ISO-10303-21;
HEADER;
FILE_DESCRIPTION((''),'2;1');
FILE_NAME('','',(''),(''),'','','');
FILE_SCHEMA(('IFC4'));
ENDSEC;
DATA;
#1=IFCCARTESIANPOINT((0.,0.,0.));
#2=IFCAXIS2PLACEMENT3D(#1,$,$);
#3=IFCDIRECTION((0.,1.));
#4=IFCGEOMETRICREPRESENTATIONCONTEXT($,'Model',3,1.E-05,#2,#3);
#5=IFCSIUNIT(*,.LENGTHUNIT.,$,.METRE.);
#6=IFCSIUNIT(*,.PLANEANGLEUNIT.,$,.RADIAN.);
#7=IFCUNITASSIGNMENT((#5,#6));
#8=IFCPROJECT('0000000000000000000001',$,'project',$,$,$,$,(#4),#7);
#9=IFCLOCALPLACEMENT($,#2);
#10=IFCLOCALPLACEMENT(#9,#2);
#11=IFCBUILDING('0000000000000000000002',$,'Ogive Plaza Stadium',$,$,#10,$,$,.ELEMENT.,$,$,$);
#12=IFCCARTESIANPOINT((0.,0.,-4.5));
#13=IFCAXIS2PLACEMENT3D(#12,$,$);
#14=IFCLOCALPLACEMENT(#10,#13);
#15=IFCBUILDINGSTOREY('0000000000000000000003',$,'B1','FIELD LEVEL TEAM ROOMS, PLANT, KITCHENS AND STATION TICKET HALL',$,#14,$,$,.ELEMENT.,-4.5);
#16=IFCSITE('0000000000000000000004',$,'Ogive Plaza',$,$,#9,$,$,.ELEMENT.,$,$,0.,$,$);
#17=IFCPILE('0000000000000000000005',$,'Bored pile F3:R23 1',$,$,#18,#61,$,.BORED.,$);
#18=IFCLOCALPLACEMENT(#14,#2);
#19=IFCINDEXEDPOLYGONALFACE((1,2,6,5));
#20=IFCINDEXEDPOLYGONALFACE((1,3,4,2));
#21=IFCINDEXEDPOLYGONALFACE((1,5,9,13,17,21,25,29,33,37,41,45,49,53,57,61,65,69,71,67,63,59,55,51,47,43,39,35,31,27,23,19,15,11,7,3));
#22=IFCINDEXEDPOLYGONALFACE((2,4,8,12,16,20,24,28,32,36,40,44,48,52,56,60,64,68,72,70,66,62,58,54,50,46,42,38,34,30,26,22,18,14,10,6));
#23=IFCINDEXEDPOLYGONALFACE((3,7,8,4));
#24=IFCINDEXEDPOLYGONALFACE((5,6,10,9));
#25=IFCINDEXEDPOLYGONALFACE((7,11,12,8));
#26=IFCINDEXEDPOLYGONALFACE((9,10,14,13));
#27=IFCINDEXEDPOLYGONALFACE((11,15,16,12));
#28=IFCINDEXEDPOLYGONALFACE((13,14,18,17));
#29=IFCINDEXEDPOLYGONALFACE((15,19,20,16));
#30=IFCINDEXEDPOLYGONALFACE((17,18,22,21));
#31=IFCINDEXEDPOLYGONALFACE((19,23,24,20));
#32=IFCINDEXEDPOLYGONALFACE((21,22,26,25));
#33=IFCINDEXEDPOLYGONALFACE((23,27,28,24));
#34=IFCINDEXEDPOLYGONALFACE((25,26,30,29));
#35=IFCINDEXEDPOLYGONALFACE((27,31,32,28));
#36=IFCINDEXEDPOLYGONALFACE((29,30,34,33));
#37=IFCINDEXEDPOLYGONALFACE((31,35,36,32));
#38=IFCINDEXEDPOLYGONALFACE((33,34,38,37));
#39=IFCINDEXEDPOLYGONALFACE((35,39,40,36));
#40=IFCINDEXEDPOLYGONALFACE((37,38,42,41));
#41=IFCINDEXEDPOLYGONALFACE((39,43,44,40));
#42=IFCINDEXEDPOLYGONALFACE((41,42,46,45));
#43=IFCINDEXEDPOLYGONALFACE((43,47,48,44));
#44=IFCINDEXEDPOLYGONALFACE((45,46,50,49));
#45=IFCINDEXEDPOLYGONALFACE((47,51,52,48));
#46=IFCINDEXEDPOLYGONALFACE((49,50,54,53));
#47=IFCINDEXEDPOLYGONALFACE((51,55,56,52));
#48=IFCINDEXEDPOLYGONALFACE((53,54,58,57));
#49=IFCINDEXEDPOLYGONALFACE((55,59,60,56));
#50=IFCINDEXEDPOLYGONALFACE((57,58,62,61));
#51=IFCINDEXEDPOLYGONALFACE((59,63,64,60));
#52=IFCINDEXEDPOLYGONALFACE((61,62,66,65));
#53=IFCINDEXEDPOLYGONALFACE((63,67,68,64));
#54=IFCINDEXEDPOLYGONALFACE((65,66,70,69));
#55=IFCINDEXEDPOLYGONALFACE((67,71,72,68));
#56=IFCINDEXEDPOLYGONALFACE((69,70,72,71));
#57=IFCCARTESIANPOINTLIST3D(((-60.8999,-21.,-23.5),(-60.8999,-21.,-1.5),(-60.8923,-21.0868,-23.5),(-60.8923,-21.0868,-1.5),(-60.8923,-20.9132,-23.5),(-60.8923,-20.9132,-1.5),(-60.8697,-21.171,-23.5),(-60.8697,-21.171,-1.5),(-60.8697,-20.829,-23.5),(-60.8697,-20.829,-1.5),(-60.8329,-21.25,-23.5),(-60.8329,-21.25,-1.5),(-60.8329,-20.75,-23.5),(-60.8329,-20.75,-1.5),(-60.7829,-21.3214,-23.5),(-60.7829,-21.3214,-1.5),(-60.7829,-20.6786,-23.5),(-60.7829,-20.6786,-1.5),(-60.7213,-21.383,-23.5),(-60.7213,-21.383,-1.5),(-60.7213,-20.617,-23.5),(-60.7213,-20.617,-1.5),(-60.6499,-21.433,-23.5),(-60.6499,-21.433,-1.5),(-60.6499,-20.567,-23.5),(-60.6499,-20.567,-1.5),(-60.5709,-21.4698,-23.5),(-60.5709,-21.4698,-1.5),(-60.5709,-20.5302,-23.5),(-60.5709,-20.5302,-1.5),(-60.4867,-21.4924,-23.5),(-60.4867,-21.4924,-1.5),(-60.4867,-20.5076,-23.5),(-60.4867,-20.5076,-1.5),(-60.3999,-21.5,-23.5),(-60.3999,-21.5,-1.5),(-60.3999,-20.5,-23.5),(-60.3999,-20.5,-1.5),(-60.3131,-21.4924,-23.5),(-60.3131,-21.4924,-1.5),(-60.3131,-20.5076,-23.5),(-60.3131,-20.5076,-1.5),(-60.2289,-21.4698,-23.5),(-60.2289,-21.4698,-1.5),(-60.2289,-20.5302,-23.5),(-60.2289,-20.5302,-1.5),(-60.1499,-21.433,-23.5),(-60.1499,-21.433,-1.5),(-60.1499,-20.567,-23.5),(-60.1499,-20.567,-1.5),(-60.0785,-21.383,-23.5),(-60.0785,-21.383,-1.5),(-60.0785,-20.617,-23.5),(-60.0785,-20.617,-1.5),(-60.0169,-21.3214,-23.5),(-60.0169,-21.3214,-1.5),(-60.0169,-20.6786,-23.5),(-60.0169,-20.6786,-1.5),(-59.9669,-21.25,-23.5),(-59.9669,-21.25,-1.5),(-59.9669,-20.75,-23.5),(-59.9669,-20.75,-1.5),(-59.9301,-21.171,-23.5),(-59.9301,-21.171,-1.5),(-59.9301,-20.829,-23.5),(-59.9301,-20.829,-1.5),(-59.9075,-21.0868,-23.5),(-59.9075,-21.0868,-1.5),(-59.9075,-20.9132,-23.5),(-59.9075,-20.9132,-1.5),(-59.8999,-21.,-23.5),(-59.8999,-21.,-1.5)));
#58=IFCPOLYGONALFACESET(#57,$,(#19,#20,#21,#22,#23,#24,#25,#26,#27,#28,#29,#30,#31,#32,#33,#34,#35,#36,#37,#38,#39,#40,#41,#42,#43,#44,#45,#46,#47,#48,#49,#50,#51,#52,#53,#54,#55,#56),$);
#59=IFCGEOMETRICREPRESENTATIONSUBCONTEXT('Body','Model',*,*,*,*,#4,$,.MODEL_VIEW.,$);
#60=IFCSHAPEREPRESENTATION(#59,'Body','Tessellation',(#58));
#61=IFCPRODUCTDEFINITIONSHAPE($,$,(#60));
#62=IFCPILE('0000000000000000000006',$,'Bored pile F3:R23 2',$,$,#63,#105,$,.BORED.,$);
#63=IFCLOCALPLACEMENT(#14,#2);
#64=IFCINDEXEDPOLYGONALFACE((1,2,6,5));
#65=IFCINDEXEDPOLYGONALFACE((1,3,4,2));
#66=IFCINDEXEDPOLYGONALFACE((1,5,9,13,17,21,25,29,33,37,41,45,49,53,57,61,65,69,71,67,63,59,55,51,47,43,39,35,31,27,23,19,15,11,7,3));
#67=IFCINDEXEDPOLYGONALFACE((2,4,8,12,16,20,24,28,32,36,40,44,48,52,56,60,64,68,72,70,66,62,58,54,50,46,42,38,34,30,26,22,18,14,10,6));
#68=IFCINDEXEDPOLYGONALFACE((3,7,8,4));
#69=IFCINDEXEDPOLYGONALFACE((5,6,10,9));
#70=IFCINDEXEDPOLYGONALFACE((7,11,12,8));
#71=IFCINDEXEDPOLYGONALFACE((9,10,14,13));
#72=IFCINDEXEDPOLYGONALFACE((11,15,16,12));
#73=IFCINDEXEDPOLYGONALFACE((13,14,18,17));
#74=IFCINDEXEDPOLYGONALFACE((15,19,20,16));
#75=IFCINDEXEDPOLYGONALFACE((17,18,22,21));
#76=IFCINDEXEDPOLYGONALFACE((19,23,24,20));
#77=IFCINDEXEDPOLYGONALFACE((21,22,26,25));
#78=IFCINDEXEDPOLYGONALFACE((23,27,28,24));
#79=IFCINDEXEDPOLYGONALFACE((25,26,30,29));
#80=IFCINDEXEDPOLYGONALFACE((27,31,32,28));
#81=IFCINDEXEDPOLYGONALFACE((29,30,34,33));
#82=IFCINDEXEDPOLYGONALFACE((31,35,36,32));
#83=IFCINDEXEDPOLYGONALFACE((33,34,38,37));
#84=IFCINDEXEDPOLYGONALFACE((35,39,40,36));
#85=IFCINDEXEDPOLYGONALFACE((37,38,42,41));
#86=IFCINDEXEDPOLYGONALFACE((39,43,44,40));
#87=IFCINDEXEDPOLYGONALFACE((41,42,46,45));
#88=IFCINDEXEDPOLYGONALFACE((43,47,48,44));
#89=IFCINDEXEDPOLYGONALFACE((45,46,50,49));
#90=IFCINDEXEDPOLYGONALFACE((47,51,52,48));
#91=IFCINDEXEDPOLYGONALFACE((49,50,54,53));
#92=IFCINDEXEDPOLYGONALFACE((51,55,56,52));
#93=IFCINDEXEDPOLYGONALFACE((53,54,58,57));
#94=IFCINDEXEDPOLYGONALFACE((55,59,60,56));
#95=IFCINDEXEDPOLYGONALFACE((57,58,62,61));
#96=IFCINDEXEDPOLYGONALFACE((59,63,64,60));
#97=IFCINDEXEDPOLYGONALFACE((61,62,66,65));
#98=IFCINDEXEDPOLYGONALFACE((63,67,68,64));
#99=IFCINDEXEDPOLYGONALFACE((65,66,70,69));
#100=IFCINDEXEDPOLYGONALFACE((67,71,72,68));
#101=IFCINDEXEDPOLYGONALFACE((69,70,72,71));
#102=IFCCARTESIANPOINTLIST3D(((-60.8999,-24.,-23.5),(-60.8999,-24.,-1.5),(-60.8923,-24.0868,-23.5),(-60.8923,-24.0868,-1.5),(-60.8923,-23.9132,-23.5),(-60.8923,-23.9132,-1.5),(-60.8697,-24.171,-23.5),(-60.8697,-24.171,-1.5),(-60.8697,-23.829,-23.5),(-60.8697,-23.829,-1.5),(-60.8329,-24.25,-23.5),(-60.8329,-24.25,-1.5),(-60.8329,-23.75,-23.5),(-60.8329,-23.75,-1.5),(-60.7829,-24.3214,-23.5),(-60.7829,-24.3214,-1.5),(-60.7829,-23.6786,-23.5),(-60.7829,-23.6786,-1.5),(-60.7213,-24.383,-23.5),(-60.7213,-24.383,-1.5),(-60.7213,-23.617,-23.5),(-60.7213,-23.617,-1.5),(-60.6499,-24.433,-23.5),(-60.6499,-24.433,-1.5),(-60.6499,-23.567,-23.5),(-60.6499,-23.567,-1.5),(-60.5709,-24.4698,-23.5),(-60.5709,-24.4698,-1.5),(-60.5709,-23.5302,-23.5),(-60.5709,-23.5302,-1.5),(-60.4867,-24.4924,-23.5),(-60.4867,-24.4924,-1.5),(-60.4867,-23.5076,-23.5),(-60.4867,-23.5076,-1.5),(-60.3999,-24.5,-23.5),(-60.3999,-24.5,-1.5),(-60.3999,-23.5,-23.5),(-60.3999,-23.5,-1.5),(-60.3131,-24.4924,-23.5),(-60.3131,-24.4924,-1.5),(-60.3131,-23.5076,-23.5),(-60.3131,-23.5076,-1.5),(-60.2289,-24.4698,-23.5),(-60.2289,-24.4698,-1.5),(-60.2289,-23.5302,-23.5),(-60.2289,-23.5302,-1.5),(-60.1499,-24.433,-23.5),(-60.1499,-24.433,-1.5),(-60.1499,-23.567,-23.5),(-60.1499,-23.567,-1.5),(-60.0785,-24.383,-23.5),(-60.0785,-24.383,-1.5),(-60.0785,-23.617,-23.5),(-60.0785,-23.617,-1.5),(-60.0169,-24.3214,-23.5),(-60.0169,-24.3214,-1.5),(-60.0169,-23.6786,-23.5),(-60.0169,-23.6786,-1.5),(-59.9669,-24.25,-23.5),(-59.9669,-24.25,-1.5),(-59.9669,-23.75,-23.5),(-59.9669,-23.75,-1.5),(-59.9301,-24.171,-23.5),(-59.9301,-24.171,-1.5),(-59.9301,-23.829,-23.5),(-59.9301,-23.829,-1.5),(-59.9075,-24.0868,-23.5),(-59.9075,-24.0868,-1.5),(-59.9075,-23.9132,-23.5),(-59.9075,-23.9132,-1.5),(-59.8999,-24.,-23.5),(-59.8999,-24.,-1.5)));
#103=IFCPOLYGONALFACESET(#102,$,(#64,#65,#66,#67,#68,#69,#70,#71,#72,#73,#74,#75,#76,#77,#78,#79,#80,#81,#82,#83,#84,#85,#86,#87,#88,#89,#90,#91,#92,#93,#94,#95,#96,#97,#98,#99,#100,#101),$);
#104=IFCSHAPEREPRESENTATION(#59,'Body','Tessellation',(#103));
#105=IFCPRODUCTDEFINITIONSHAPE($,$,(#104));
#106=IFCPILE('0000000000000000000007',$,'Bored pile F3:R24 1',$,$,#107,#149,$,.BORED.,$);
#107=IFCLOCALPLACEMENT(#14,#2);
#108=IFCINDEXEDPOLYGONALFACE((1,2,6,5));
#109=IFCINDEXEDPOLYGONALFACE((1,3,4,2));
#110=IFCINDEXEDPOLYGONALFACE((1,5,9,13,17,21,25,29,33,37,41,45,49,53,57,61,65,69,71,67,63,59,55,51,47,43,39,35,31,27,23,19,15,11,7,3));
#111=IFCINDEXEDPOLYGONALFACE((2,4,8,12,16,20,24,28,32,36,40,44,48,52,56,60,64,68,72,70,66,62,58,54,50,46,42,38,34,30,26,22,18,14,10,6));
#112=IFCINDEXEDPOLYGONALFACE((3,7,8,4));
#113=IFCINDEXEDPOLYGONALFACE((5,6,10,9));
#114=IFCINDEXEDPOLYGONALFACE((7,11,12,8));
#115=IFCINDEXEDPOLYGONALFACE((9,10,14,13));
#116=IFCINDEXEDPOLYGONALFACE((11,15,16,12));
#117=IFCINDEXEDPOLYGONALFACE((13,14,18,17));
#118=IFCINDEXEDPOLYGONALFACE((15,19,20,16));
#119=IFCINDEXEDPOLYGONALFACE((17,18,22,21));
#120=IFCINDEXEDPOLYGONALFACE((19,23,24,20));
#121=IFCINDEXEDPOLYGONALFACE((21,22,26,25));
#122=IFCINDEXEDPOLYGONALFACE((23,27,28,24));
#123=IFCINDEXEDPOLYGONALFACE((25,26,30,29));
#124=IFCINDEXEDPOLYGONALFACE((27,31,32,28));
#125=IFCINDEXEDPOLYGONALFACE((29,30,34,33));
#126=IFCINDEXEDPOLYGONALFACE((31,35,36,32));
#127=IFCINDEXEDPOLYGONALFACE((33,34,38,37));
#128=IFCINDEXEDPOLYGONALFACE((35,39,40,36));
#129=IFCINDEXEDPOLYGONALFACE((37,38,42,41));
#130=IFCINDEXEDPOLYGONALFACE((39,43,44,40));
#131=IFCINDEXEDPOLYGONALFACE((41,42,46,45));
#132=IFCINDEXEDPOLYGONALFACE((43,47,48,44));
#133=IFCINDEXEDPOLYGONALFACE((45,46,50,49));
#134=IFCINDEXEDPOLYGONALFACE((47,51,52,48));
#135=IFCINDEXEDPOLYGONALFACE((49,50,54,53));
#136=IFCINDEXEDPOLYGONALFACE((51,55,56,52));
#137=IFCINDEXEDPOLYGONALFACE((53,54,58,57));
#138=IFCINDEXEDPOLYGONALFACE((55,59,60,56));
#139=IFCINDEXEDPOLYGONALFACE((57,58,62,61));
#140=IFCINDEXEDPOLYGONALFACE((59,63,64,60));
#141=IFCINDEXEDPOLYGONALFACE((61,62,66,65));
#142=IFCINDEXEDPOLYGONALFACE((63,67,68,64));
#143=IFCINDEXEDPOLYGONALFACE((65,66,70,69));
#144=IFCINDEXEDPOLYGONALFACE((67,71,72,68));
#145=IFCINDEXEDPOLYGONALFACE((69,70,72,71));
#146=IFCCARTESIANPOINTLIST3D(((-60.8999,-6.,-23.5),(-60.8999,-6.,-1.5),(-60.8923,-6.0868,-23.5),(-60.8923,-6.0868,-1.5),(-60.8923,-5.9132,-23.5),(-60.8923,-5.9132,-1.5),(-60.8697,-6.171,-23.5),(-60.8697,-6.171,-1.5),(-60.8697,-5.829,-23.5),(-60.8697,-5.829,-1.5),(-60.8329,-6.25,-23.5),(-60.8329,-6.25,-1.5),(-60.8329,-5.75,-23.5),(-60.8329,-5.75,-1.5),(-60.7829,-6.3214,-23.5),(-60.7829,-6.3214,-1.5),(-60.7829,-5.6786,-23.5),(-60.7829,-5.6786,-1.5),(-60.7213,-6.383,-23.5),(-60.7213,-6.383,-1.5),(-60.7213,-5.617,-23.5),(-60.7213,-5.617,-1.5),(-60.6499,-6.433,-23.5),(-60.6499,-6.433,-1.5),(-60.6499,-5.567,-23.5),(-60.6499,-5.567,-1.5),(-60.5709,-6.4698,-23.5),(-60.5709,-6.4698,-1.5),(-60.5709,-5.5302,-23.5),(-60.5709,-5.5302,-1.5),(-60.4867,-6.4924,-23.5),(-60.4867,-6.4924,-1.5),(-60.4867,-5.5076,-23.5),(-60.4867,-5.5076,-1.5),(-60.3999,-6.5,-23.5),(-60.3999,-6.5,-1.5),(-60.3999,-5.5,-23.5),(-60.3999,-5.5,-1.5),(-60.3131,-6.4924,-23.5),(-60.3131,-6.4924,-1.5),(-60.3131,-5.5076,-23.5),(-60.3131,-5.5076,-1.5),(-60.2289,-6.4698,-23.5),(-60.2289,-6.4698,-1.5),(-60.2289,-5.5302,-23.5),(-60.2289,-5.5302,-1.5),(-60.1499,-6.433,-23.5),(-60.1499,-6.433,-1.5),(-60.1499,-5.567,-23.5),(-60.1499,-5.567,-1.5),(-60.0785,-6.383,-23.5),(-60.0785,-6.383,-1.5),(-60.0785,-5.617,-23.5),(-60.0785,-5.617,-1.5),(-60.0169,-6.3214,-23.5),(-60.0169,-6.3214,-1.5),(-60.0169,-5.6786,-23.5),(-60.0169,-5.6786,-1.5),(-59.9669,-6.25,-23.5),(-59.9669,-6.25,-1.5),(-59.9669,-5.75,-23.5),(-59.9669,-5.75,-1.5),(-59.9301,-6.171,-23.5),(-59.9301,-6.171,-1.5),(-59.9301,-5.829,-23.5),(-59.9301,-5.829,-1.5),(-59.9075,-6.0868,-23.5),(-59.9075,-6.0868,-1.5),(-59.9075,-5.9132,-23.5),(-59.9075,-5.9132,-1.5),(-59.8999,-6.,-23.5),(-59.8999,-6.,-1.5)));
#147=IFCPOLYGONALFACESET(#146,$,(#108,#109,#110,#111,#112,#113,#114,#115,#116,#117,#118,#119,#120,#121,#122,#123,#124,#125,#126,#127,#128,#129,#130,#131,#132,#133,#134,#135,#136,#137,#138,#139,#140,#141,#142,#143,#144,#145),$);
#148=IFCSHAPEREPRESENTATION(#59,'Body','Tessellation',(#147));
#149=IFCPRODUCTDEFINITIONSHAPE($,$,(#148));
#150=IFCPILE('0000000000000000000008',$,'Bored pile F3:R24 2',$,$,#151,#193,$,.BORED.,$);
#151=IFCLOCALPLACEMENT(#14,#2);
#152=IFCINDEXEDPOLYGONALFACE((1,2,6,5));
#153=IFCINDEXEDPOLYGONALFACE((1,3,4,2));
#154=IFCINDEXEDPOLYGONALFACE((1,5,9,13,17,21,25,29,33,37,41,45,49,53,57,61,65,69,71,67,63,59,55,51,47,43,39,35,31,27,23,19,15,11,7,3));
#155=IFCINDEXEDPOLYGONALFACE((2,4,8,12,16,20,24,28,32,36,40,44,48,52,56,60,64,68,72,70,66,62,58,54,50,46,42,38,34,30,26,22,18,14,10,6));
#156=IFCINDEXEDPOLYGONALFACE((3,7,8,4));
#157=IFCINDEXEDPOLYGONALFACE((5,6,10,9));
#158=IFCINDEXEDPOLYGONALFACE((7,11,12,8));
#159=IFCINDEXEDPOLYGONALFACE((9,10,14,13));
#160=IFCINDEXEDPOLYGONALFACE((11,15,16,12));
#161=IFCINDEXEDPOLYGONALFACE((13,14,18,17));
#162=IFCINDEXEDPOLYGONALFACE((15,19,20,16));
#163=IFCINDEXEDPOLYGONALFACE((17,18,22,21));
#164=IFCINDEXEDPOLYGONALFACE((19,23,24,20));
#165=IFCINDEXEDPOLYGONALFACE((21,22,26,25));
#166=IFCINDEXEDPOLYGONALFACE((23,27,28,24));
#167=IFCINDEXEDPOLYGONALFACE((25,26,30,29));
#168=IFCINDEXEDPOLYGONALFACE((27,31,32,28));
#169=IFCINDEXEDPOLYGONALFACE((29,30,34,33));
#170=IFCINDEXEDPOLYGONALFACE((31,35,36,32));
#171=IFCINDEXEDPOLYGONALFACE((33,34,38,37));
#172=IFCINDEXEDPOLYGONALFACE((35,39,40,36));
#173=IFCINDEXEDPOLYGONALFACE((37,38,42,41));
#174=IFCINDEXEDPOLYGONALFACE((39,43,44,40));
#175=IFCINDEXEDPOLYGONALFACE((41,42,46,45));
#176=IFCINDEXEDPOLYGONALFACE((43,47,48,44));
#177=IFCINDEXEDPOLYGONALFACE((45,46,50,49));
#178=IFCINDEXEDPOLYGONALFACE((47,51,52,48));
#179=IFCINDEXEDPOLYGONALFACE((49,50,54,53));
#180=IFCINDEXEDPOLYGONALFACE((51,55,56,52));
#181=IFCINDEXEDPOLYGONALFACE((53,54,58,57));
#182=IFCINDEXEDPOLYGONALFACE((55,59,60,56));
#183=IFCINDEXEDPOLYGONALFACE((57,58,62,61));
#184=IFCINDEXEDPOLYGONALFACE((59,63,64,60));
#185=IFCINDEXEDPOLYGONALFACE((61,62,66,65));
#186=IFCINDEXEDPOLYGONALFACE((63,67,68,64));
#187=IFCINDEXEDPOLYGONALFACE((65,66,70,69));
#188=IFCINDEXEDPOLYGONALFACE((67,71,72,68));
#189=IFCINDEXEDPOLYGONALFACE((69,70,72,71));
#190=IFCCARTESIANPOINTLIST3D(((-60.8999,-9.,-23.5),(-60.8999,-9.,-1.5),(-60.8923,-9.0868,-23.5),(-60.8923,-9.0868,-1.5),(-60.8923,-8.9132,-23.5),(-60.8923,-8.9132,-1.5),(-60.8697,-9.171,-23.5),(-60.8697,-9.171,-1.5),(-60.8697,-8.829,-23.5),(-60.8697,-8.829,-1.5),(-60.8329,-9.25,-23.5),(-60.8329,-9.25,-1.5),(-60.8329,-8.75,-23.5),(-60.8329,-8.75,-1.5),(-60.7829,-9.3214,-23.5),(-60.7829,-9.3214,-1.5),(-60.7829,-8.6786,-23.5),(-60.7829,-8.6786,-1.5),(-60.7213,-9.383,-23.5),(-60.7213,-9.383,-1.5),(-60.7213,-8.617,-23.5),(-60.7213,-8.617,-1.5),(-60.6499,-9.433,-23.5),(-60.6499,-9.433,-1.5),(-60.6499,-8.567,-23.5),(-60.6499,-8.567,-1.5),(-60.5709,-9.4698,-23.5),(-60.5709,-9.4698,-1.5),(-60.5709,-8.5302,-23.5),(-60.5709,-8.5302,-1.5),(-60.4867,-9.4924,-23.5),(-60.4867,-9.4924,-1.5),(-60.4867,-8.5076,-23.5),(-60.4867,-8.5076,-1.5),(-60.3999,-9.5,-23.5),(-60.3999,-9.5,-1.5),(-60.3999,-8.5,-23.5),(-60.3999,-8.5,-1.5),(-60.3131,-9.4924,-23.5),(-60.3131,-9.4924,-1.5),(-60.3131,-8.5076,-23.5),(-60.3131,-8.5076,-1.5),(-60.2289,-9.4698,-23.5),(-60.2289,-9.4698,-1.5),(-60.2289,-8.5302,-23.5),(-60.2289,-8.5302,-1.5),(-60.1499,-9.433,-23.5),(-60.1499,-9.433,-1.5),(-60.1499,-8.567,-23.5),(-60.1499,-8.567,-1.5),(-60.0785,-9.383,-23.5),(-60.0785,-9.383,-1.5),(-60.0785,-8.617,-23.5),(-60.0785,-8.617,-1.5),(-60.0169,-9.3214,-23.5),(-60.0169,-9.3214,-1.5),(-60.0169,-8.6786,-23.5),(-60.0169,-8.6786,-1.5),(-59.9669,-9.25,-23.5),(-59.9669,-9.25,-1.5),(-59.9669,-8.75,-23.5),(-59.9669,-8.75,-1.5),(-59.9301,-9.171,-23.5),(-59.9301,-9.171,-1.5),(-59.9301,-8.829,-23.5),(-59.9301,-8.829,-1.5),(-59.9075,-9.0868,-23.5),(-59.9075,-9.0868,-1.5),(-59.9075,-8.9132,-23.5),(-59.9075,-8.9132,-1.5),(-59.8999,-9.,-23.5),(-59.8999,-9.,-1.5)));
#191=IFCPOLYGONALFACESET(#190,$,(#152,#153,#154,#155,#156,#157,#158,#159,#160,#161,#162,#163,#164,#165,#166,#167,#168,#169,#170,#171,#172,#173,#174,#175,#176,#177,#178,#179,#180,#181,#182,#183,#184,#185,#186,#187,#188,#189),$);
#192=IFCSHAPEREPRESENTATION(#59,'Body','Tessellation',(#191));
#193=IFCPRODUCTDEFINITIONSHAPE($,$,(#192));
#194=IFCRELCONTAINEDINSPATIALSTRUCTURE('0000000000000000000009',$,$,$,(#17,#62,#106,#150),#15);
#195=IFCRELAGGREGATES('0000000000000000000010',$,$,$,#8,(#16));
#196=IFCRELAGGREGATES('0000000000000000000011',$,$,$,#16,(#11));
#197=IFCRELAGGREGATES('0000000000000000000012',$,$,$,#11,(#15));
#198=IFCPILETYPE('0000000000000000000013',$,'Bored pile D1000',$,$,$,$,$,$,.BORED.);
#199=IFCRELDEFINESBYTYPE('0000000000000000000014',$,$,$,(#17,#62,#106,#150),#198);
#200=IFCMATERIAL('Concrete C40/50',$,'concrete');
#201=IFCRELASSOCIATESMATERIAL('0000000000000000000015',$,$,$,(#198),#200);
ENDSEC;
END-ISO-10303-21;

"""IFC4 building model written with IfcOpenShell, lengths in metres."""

from ifc_helpers import new_model, si_unit, direction, frame, origin, origin_2d, place, context, subcontext, project, spatial, circle, extrude, material, material_profile, profile_set, type_object, element, save


model = new_model("IFC4")

# Units and contexts
model_context = context("Model", 3, precision=1e-05, world=origin(), true_north=direction((0.0, 1.0)))
body_context = subcontext(model_context, "Body", "Model", "MODEL_VIEW")
ifc_project = project(units=[si_unit("LENGTHUNIT", "METRE"), si_unit("PLANEANGLEUNIT", "RADIAN")], contexts=[model_context])

# Site, building, storey
site_placement = place(None, origin())
site = spatial("IfcSite", under=ifc_project, at=site_placement, Name="Ogive Plaza", CompositionType="ELEMENT", RefElevation=0.0)
building_placement = place(site_placement, origin())
building = spatial("IfcBuilding", under=site, at=building_placement, Name="Ogive Plaza Stadium", CompositionType="ELEMENT")
storey_placement = place(building_placement, frame((0.0, 0.0, -4.5)))
storey = spatial("IfcBuildingStorey", under=building, at=storey_placement, Name="B1", Description="FIELD LEVEL TEAM ROOMS, PLANT, KITCHENS AND STATION TICKET HALL", CompositionType="ELEMENT", Elevation=-4.5)

# Piles
ifc_material_1 = material(Name="Concrete C40/50", Category="concrete")
ifc_material_profile_1 = material_profile(ifc_material_1, circle(Radius=0.5, at=origin_2d()), Name="RC D1000")
ifc_profile_set_1 = profile_set([ifc_material_profile_1], Name="Concrete C40/50")
pile_type_1 = type_object("IfcPileType", Name="Bored pile D1000", PredefinedType="BORED", material=ifc_profile_set_1)
for number, where, z_axis, x_axis, name in (
    (1, (-60.3999, -21.0, -1.5), (0.0, 0.0, -1.0), (1.0, 0.0, 0.0), "Bored pile F3:R23 1"),
    (2, (-60.3999, -24.0, -1.5), (0.0, 0.0, -1.0), (1.0, 0.0, 0.0), "Bored pile F3:R23 2"),
    (3, (-60.3999, -6.0, -1.5), (0.0, 0.0, -1.0), (1.0, 0.0, 0.0), "Bored pile F3:R24 1"),
    (4, (-60.3999, -9.0, -1.5), (0.0, 0.0, -1.0), (1.0, 0.0, 0.0), "Bored pile F3:R24 2"),
):
    element("IfcPile", number, at=place(storey_placement, frame(where, z_axis=z_axis, x_axis=x_axis)), inside=storey, type_object=pile_type_1, Name=name, PredefinedType="BORED", context=body_context, shape_type="SweptSolid", body=[
        extrude(circle(Radius=0.5, at=origin_2d()), origin(), (0.0, 0.0, 1.0), 22.0),
    ])

save(model, "model.ifc")
